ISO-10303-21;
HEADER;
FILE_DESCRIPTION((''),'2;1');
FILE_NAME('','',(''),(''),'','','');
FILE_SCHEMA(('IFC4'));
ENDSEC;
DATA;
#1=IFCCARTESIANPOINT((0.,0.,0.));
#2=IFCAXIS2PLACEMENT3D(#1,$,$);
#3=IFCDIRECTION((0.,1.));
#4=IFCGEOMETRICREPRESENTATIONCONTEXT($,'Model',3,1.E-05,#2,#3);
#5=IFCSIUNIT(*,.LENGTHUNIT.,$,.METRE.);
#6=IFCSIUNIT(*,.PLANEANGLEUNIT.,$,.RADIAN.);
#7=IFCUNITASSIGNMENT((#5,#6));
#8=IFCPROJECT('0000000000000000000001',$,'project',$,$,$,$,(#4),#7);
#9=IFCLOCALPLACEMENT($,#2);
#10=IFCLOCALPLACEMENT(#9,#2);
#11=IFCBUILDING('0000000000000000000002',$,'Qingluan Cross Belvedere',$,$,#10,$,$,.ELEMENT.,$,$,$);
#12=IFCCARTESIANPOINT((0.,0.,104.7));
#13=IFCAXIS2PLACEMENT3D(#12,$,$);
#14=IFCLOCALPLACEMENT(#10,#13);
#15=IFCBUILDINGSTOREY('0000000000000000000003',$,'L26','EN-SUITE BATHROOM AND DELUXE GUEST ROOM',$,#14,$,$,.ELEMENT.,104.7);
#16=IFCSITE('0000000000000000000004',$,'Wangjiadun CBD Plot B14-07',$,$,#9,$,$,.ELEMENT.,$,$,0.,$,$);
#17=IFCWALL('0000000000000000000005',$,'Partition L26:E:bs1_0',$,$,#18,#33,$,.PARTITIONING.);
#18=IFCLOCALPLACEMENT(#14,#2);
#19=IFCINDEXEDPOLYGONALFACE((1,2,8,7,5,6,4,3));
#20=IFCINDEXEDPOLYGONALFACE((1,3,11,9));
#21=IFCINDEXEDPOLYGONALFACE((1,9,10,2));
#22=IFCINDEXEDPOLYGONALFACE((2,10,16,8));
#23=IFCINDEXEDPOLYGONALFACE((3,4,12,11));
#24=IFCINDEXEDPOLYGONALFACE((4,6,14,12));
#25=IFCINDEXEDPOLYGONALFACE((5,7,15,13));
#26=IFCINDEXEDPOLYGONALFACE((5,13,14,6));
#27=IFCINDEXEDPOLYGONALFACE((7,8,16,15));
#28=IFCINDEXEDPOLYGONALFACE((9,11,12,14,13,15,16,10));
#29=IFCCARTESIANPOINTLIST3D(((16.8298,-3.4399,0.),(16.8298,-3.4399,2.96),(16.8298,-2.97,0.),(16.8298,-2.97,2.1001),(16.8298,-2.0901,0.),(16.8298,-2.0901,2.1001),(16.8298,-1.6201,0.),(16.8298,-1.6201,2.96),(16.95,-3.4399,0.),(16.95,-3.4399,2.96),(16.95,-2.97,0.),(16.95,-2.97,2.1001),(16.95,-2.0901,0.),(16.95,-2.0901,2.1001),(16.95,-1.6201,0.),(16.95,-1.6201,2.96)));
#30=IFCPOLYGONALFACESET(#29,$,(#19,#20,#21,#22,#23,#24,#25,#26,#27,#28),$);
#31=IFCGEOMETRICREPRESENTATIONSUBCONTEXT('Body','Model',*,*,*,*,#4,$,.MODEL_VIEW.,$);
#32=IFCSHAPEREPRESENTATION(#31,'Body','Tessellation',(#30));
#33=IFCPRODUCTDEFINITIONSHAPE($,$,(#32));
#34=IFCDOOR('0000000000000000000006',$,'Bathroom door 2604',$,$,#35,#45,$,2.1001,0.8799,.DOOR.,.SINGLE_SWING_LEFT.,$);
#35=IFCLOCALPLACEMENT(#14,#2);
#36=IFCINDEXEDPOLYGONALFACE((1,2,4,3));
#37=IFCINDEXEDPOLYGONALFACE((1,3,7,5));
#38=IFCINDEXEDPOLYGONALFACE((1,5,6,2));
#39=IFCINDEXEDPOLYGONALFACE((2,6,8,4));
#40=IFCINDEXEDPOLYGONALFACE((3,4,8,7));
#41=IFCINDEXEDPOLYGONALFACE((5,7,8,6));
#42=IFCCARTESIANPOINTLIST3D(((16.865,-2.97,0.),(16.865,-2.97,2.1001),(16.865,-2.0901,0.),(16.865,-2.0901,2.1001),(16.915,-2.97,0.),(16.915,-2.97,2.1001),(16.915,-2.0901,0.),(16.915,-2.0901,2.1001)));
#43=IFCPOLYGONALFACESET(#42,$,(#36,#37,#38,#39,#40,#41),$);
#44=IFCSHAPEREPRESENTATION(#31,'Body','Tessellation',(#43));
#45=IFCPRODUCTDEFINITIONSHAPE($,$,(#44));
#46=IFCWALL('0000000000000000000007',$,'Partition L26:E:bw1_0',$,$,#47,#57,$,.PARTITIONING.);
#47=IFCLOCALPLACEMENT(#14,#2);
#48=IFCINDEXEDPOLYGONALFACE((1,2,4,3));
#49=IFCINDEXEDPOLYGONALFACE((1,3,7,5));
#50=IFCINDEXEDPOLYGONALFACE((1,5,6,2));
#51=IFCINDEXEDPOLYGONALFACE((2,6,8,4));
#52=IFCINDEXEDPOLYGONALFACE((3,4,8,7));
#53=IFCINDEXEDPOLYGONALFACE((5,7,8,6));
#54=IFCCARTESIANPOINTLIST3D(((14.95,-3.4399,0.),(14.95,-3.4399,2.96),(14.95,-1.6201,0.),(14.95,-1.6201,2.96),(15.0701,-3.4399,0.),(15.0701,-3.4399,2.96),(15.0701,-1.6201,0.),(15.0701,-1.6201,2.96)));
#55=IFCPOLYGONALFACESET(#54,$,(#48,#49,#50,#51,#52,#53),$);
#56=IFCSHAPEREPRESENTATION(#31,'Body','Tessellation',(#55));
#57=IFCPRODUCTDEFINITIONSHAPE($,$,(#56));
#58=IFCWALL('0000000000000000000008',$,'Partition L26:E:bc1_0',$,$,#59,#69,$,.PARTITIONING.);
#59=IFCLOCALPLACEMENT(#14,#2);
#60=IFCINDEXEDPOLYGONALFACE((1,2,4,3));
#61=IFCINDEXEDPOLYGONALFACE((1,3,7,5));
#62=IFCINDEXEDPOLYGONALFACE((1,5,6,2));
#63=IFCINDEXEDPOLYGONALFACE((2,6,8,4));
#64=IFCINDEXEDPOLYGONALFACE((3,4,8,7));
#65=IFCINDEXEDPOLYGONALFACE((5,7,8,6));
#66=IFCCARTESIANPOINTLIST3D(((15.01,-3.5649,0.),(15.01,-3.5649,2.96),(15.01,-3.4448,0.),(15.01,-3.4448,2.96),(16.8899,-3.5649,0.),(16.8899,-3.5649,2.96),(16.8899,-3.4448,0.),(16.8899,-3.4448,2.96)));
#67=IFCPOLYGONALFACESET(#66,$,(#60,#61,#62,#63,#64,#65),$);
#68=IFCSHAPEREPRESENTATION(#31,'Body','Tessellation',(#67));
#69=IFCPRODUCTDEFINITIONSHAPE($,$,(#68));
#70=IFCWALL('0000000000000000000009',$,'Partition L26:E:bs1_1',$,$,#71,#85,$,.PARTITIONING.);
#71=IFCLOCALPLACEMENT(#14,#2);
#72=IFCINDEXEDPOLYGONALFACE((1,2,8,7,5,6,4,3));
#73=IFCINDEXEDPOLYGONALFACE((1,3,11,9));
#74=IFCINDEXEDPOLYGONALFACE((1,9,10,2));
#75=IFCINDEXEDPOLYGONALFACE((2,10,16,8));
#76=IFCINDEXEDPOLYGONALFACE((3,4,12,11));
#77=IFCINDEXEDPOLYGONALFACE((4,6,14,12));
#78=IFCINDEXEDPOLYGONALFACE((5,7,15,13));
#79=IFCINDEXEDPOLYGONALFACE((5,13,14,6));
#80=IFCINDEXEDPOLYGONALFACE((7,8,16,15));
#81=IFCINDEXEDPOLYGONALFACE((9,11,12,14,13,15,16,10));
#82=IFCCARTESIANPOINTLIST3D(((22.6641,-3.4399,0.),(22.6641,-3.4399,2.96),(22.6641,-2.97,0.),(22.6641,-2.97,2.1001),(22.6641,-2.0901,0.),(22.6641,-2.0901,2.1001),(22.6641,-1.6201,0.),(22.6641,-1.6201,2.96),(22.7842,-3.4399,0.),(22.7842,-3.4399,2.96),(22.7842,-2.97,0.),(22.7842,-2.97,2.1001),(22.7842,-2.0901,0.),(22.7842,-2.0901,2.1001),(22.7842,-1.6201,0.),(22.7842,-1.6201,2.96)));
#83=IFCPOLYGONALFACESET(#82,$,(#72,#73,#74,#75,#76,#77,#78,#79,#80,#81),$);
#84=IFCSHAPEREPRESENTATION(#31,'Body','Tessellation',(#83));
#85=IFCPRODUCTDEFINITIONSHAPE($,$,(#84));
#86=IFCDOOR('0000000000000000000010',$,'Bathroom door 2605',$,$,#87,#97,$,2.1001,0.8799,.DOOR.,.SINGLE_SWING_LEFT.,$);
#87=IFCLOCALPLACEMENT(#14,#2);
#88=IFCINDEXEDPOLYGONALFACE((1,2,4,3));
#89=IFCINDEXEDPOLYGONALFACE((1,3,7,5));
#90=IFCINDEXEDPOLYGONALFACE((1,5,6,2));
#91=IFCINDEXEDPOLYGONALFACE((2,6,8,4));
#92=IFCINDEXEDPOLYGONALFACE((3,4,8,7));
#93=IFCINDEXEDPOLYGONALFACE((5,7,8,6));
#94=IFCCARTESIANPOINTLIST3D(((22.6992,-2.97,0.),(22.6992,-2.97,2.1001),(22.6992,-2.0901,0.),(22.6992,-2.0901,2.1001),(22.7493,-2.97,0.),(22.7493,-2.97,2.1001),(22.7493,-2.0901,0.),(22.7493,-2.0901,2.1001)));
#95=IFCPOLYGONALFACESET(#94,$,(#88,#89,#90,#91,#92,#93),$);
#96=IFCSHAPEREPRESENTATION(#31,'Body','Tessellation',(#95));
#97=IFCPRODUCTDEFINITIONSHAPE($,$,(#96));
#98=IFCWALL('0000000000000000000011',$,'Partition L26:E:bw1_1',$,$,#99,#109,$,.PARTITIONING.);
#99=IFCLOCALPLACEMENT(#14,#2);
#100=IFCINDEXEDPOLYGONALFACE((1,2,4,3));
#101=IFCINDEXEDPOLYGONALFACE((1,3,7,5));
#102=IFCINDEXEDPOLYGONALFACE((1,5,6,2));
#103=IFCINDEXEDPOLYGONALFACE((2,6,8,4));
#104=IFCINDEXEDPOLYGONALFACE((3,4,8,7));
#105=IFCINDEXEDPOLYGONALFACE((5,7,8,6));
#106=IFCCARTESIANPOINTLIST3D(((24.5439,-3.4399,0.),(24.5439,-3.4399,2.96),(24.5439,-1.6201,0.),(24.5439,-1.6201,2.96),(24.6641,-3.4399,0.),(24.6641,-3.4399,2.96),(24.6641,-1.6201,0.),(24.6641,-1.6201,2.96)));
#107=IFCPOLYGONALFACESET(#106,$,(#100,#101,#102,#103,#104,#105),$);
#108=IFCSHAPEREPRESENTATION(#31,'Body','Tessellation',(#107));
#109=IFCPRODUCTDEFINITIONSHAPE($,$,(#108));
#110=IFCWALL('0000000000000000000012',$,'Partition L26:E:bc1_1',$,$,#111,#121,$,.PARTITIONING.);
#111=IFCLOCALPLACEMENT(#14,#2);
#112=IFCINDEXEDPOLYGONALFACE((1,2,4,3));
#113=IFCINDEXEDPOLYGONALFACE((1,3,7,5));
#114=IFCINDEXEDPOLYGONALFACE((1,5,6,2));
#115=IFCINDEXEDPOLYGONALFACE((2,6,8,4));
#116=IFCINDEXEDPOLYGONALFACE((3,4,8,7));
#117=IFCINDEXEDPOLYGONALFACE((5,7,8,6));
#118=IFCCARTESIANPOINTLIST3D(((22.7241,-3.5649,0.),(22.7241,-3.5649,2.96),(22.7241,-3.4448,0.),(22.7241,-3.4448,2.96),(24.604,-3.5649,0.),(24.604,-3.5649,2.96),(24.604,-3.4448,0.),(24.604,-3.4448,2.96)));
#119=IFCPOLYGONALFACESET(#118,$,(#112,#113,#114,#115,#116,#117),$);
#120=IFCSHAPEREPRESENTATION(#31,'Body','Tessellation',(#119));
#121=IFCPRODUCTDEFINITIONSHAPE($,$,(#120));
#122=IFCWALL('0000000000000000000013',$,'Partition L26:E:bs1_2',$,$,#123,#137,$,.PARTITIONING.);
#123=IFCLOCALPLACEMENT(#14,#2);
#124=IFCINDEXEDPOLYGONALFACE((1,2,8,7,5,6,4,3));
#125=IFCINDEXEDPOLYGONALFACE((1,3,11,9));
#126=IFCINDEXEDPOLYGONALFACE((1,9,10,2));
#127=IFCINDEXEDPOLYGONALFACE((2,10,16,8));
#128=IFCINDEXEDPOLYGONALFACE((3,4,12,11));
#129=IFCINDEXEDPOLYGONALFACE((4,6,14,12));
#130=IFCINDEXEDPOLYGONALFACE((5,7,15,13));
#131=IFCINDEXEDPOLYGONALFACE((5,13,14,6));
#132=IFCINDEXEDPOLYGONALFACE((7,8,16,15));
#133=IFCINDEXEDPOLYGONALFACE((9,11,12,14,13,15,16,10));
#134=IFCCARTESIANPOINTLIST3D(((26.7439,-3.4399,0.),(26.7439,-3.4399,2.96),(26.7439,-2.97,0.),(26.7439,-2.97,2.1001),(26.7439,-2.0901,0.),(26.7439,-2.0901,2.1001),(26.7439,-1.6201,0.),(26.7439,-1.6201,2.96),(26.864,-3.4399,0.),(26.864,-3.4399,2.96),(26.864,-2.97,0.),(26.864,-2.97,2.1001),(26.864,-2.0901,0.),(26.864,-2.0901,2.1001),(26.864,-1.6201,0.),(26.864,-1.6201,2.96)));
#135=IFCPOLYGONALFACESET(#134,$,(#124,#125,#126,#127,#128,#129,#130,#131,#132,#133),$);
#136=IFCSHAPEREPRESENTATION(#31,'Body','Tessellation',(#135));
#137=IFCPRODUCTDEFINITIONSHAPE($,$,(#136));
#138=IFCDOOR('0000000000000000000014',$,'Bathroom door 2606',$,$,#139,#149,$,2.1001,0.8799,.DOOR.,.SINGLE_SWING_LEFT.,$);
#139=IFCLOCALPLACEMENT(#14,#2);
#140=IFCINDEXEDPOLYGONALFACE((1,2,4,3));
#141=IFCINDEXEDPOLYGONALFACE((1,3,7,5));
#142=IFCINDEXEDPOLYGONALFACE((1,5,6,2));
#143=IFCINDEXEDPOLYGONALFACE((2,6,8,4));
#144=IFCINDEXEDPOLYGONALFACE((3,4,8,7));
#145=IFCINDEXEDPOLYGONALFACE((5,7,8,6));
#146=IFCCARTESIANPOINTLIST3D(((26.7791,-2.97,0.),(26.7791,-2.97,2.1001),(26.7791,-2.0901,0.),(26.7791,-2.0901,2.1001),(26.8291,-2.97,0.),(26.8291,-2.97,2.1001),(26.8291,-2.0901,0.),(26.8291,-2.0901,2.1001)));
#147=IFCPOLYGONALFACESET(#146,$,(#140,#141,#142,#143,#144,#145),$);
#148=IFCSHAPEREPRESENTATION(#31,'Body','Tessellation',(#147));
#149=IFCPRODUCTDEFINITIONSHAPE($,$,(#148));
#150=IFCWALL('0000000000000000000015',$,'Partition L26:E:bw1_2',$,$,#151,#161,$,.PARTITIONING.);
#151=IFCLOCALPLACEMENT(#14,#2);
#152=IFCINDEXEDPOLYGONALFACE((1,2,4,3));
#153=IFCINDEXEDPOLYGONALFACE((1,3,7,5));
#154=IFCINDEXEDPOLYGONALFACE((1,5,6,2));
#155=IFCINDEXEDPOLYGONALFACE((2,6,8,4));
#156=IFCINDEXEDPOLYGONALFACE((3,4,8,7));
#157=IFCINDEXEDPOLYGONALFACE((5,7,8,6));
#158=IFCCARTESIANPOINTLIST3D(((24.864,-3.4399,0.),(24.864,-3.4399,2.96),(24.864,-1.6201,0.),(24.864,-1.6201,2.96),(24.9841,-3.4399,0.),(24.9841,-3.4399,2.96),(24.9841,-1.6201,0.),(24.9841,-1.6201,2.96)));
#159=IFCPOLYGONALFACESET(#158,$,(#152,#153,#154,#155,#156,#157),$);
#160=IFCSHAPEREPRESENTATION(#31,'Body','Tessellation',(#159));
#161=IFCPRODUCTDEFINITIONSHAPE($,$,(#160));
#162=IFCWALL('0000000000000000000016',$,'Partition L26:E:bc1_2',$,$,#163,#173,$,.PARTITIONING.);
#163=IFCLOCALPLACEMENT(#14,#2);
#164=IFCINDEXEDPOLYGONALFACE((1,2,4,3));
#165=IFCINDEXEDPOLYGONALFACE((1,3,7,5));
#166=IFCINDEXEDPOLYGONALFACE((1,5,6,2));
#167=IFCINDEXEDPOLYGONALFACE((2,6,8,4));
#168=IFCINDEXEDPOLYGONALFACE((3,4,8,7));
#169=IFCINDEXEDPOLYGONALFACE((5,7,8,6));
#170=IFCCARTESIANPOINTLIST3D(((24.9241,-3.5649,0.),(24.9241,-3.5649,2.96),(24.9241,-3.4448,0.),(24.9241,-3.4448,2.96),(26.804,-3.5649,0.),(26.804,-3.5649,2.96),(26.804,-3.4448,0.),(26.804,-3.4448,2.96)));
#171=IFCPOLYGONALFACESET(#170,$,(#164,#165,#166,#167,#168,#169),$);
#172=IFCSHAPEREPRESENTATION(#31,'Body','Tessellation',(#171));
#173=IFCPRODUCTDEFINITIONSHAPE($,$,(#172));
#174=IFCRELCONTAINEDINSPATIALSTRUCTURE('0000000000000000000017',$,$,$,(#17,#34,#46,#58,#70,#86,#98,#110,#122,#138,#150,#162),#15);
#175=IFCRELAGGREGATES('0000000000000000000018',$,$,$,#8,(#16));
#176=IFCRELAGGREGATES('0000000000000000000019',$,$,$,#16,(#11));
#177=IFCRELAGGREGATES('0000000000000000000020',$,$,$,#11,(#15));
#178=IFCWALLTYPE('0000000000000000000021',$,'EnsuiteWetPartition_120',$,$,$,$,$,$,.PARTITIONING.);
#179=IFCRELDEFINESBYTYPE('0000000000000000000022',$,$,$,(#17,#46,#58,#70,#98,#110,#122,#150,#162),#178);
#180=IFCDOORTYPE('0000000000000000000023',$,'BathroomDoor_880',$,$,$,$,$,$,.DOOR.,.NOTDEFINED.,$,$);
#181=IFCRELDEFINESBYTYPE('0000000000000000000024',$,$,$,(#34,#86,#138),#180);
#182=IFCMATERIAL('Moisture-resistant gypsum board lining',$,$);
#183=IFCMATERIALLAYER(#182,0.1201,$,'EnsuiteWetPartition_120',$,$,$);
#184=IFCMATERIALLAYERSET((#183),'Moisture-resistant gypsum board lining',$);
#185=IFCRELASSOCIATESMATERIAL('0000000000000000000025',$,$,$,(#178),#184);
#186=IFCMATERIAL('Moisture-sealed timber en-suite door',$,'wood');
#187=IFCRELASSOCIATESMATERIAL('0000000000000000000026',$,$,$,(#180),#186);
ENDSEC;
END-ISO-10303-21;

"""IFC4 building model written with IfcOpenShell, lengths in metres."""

from ifc_helpers import new_model, si_unit, direction, frame, frame_2d, origin, place, context, subcontext, project, spatial, rectangle, extrude, material, layer, layer_set, type_object, element, fill, save


model = new_model("IFC4")

# Units and contexts
model_context = context("Model", 3, precision=1e-05, world=origin(), true_north=direction((0.0, 1.0)))
body_context = subcontext(model_context, "Body", "Model", "MODEL_VIEW")
ifc_project = project(units=[si_unit("LENGTHUNIT", "METRE"), si_unit("PLANEANGLEUNIT", "RADIAN")], contexts=[model_context])

# Site, building, storey
site_placement = place(None, origin())
site = spatial("IfcSite", under=ifc_project, at=site_placement, Name="Wangjiadun CBD Plot B14-07", CompositionType="ELEMENT", RefElevation=0.0)
building_placement = place(site_placement, origin())
building = spatial("IfcBuilding", under=site, at=building_placement, Name="Qingluan Cross Belvedere", CompositionType="ELEMENT")
storey_placement = place(building_placement, frame((0.0, 0.0, 104.7)))
storey = spatial("IfcBuildingStorey", under=building, at=storey_placement, Name="L26", Description="EN-SUITE BATHROOM AND DELUXE GUEST ROOM", CompositionType="ELEMENT", Elevation=104.7)

# Wall, opening, door
ifc_material_1 = material(Name="Moisture-resistant gypsum board lining")
ifc_layer_1 = layer(ifc_material_1, 0.1201, Name="EnsuiteWetPartition_120")
ifc_layer_set_1 = layer_set([ifc_layer_1], Name="Moisture-resistant gypsum board lining")
wall_type_1 = type_object("IfcWallType", Name="EnsuiteWetPartition_120", PredefinedType="PARTITIONING", material=ifc_layer_set_1)
wall_1_placement = place(storey_placement, frame((16.8899, -3.4399, 0.0), z_axis=(0.0, 0.0, 1.0), x_axis=(0.0, 1.0, 0.0)))
wall_1 = element("IfcWall", 1, at=wall_1_placement, inside=storey, type_object=wall_type_1, Name="Partition L26:E:bs1_0", PredefinedType="PARTITIONING", context=body_context, shape_type="SweptSolid", body=[
    extrude(rectangle(XDim=1.8198, YDim=0.1201, at=frame_2d((0.9099, 0.0))), origin(), (0.0, 0.0, 1.0), 2.96),
])
opening_1_placement = place(wall_1_placement, frame((0.47, 0.0, 0.0)))
opening_1 = element("IfcOpeningElement", 2, at=opening_1_placement, cuts=wall_1, PredefinedType="OPENING", context=body_context, shape_type="SweptSolid", body=[
    extrude(rectangle(XDim=0.8799, YDim=2.1001, at=frame_2d((0.4399, 1.05))), frame((0.0, 0.0701, 0.0), z_axis=(0.0, -1.0, 0.0), x_axis=(1.0, 0.0, 0.0)), (0.0, 0.0, 1.0), 0.1401),
])
ifc_material_2 = material(Name="Moisture-sealed timber en-suite door", Category="wood")
door_type_1 = type_object("IfcDoorType", Name="BathroomDoor_880", OperationType="NOTDEFINED", PredefinedType="DOOR", material=ifc_material_2)
door_1_placement = place(opening_1_placement, origin())
door_1 = element("IfcDoor", 3, at=door_1_placement, inside=storey, type_object=door_type_1, Name="Bathroom door 2604", OperationType="SINGLE_SWING_LEFT", OverallHeight=2.1001, OverallWidth=0.8799, PredefinedType="DOOR", context=body_context, shape_type="SweptSolid", body=[
    extrude(rectangle(XDim=0.8799, YDim=2.1001, at=frame_2d((0.4399, 1.05))), frame((0.0, 0.0249, 0.0), z_axis=(0.0, -1.0, 0.0), x_axis=(1.0, 0.0, 0.0)), (0.0, 0.0, 1.0), 0.05),
])
fill(opening_1, door_1)

# Walls
wall_2_placement = place(storey_placement, frame((15.01, -3.4399, 0.0), z_axis=(0.0, 0.0, 1.0), x_axis=(0.0, 1.0, 0.0)))
element("IfcWall", 4, at=wall_2_placement, inside=storey, type_object=wall_type_1, Name="Partition L26:E:bw1_0", PredefinedType="PARTITIONING", context=body_context, shape_type="SweptSolid", body=[
    extrude(rectangle(XDim=1.8198, YDim=0.1201, at=frame_2d((0.9099, 0.0))), origin(), (0.0, 0.0, 1.0), 2.96),
])
wall_3_placement = place(storey_placement, frame((15.01, -3.5049, 0.0), z_axis=(0.0, 0.0, 1.0), x_axis=(1.0, 0.0, 0.0)))
element("IfcWall", 5, at=wall_3_placement, inside=storey, type_object=wall_type_1, Name="Partition L26:E:bc1_0", PredefinedType="PARTITIONING", context=body_context, shape_type="SweptSolid", body=[
    extrude(rectangle(XDim=1.8799, YDim=0.1201, at=frame_2d((0.9399, 0.0))), origin(), (0.0, 0.0, 1.0), 2.96),
])

# Wall, opening, door
wall_4_placement = place(storey_placement, frame((22.7241, -3.4399, 0.0), z_axis=(0.0, 0.0, 1.0), x_axis=(0.0, 1.0, 0.0)))
wall_4 = element("IfcWall", 6, at=wall_4_placement, inside=storey, type_object=wall_type_1, Name="Partition L26:E:bs1_1", PredefinedType="PARTITIONING", context=body_context, shape_type="SweptSolid", body=[
    extrude(rectangle(XDim=1.8198, YDim=0.1201, at=frame_2d((0.9099, 0.0))), origin(), (0.0, 0.0, 1.0), 2.96),
])
opening_2_placement = place(wall_4_placement, frame((0.47, 0.0, 0.0)))
opening_2 = element("IfcOpeningElement", 7, at=opening_2_placement, cuts=wall_4, PredefinedType="OPENING", context=body_context, shape_type="SweptSolid", body=[
    extrude(rectangle(XDim=0.8799, YDim=2.1001, at=frame_2d((0.4399, 1.05))), frame((0.0, 0.0701, 0.0), z_axis=(0.0, -1.0, 0.0), x_axis=(1.0, 0.0, 0.0)), (0.0, 0.0, 1.0), 0.1401),
])
door_2_placement = place(opening_2_placement, origin())
door_2 = element("IfcDoor", 8, at=door_2_placement, inside=storey, type_object=door_type_1, Name="Bathroom door 2605", OperationType="SINGLE_SWING_LEFT", OverallHeight=2.1001, OverallWidth=0.8799, PredefinedType="DOOR", context=body_context, shape_type="SweptSolid", body=[
    extrude(rectangle(XDim=0.8799, YDim=2.1001, at=frame_2d((0.4399, 1.05))), frame((0.0, 0.0249, 0.0), z_axis=(0.0, -1.0, 0.0), x_axis=(1.0, 0.0, 0.0)), (0.0, 0.0, 1.0), 0.05),
])
fill(opening_2, door_2)

# Walls
wall_5_placement = place(storey_placement, frame((24.604, -3.4399, 0.0), z_axis=(0.0, 0.0, 1.0), x_axis=(0.0, 1.0, 0.0)))
element("IfcWall", 9, at=wall_5_placement, inside=storey, type_object=wall_type_1, Name="Partition L26:E:bw1_1", PredefinedType="PARTITIONING", context=body_context, shape_type="SweptSolid", body=[
    extrude(rectangle(XDim=1.8198, YDim=0.1201, at=frame_2d((0.9099, 0.0))), origin(), (0.0, 0.0, 1.0), 2.96),
])
wall_6_placement = place(storey_placement, frame((22.7241, -3.5049, 0.0), z_axis=(0.0, 0.0, 1.0), x_axis=(1.0, 0.0, 0.0)))
element("IfcWall", 10, at=wall_6_placement, inside=storey, type_object=wall_type_1, Name="Partition L26:E:bc1_1", PredefinedType="PARTITIONING", context=body_context, shape_type="SweptSolid", body=[
    extrude(rectangle(XDim=1.8799, YDim=0.1201, at=frame_2d((0.9399, 0.0))), origin(), (0.0, 0.0, 1.0), 2.96),
])

# Wall, opening, door
wall_7_placement = place(storey_placement, frame((26.804, -3.4399, 0.0), z_axis=(0.0, 0.0, 1.0), x_axis=(0.0, 1.0, 0.0)))
wall_7 = element("IfcWall", 11, at=wall_7_placement, inside=storey, type_object=wall_type_1, Name="Partition L26:E:bs1_2", PredefinedType="PARTITIONING", context=body_context, shape_type="SweptSolid", body=[
    extrude(rectangle(XDim=1.8198, YDim=0.1201, at=frame_2d((0.9099, 0.0))), origin(), (0.0, 0.0, 1.0), 2.96),
])
opening_3_placement = place(wall_7_placement, frame((0.47, 0.0, 0.0)))
opening_3 = element("IfcOpeningElement", 12, at=opening_3_placement, cuts=wall_7, PredefinedType="OPENING", context=body_context, shape_type="SweptSolid", body=[
    extrude(rectangle(XDim=0.8799, YDim=2.1001, at=frame_2d((0.4399, 1.05))), frame((0.0, 0.0701, 0.0), z_axis=(0.0, -1.0, 0.0), x_axis=(1.0, 0.0, 0.0)), (0.0, 0.0, 1.0), 0.1401),
])
door_3_placement = place(opening_3_placement, origin())
door_3 = element("IfcDoor", 13, at=door_3_placement, inside=storey, type_object=door_type_1, Name="Bathroom door 2606", OperationType="SINGLE_SWING_LEFT", OverallHeight=2.1001, OverallWidth=0.8799, PredefinedType="DOOR", context=body_context, shape_type="SweptSolid", body=[
    extrude(rectangle(XDim=0.8799, YDim=2.1001, at=frame_2d((0.4399, 1.05))), frame((0.0, 0.0249, 0.0), z_axis=(0.0, -1.0, 0.0), x_axis=(1.0, 0.0, 0.0)), (0.0, 0.0, 1.0), 0.05),
])
fill(opening_3, door_3)

# Walls
wall_8_placement = place(storey_placement, frame((24.9241, -3.4399, 0.0), z_axis=(0.0, 0.0, 1.0), x_axis=(0.0, 1.0, 0.0)))
element("IfcWall", 14, at=wall_8_placement, inside=storey, type_object=wall_type_1, Name="Partition L26:E:bw1_2", PredefinedType="PARTITIONING", context=body_context, shape_type="SweptSolid", body=[
    extrude(rectangle(XDim=1.8198, YDim=0.1201, at=frame_2d((0.9099, 0.0))), origin(), (0.0, 0.0, 1.0), 2.96),
])
wall_9_placement = place(storey_placement, frame((24.9241, -3.5049, 0.0), z_axis=(0.0, 0.0, 1.0), x_axis=(1.0, 0.0, 0.0)))
element("IfcWall", 15, at=wall_9_placement, inside=storey, type_object=wall_type_1, Name="Partition L26:E:bc1_2", PredefinedType="PARTITIONING", context=body_context, shape_type="SweptSolid", body=[
    extrude(rectangle(XDim=1.8799, YDim=0.1201, at=frame_2d((0.9399, 0.0))), origin(), (0.0, 0.0, 1.0), 2.96),
])

save(model, "model.ifc")
